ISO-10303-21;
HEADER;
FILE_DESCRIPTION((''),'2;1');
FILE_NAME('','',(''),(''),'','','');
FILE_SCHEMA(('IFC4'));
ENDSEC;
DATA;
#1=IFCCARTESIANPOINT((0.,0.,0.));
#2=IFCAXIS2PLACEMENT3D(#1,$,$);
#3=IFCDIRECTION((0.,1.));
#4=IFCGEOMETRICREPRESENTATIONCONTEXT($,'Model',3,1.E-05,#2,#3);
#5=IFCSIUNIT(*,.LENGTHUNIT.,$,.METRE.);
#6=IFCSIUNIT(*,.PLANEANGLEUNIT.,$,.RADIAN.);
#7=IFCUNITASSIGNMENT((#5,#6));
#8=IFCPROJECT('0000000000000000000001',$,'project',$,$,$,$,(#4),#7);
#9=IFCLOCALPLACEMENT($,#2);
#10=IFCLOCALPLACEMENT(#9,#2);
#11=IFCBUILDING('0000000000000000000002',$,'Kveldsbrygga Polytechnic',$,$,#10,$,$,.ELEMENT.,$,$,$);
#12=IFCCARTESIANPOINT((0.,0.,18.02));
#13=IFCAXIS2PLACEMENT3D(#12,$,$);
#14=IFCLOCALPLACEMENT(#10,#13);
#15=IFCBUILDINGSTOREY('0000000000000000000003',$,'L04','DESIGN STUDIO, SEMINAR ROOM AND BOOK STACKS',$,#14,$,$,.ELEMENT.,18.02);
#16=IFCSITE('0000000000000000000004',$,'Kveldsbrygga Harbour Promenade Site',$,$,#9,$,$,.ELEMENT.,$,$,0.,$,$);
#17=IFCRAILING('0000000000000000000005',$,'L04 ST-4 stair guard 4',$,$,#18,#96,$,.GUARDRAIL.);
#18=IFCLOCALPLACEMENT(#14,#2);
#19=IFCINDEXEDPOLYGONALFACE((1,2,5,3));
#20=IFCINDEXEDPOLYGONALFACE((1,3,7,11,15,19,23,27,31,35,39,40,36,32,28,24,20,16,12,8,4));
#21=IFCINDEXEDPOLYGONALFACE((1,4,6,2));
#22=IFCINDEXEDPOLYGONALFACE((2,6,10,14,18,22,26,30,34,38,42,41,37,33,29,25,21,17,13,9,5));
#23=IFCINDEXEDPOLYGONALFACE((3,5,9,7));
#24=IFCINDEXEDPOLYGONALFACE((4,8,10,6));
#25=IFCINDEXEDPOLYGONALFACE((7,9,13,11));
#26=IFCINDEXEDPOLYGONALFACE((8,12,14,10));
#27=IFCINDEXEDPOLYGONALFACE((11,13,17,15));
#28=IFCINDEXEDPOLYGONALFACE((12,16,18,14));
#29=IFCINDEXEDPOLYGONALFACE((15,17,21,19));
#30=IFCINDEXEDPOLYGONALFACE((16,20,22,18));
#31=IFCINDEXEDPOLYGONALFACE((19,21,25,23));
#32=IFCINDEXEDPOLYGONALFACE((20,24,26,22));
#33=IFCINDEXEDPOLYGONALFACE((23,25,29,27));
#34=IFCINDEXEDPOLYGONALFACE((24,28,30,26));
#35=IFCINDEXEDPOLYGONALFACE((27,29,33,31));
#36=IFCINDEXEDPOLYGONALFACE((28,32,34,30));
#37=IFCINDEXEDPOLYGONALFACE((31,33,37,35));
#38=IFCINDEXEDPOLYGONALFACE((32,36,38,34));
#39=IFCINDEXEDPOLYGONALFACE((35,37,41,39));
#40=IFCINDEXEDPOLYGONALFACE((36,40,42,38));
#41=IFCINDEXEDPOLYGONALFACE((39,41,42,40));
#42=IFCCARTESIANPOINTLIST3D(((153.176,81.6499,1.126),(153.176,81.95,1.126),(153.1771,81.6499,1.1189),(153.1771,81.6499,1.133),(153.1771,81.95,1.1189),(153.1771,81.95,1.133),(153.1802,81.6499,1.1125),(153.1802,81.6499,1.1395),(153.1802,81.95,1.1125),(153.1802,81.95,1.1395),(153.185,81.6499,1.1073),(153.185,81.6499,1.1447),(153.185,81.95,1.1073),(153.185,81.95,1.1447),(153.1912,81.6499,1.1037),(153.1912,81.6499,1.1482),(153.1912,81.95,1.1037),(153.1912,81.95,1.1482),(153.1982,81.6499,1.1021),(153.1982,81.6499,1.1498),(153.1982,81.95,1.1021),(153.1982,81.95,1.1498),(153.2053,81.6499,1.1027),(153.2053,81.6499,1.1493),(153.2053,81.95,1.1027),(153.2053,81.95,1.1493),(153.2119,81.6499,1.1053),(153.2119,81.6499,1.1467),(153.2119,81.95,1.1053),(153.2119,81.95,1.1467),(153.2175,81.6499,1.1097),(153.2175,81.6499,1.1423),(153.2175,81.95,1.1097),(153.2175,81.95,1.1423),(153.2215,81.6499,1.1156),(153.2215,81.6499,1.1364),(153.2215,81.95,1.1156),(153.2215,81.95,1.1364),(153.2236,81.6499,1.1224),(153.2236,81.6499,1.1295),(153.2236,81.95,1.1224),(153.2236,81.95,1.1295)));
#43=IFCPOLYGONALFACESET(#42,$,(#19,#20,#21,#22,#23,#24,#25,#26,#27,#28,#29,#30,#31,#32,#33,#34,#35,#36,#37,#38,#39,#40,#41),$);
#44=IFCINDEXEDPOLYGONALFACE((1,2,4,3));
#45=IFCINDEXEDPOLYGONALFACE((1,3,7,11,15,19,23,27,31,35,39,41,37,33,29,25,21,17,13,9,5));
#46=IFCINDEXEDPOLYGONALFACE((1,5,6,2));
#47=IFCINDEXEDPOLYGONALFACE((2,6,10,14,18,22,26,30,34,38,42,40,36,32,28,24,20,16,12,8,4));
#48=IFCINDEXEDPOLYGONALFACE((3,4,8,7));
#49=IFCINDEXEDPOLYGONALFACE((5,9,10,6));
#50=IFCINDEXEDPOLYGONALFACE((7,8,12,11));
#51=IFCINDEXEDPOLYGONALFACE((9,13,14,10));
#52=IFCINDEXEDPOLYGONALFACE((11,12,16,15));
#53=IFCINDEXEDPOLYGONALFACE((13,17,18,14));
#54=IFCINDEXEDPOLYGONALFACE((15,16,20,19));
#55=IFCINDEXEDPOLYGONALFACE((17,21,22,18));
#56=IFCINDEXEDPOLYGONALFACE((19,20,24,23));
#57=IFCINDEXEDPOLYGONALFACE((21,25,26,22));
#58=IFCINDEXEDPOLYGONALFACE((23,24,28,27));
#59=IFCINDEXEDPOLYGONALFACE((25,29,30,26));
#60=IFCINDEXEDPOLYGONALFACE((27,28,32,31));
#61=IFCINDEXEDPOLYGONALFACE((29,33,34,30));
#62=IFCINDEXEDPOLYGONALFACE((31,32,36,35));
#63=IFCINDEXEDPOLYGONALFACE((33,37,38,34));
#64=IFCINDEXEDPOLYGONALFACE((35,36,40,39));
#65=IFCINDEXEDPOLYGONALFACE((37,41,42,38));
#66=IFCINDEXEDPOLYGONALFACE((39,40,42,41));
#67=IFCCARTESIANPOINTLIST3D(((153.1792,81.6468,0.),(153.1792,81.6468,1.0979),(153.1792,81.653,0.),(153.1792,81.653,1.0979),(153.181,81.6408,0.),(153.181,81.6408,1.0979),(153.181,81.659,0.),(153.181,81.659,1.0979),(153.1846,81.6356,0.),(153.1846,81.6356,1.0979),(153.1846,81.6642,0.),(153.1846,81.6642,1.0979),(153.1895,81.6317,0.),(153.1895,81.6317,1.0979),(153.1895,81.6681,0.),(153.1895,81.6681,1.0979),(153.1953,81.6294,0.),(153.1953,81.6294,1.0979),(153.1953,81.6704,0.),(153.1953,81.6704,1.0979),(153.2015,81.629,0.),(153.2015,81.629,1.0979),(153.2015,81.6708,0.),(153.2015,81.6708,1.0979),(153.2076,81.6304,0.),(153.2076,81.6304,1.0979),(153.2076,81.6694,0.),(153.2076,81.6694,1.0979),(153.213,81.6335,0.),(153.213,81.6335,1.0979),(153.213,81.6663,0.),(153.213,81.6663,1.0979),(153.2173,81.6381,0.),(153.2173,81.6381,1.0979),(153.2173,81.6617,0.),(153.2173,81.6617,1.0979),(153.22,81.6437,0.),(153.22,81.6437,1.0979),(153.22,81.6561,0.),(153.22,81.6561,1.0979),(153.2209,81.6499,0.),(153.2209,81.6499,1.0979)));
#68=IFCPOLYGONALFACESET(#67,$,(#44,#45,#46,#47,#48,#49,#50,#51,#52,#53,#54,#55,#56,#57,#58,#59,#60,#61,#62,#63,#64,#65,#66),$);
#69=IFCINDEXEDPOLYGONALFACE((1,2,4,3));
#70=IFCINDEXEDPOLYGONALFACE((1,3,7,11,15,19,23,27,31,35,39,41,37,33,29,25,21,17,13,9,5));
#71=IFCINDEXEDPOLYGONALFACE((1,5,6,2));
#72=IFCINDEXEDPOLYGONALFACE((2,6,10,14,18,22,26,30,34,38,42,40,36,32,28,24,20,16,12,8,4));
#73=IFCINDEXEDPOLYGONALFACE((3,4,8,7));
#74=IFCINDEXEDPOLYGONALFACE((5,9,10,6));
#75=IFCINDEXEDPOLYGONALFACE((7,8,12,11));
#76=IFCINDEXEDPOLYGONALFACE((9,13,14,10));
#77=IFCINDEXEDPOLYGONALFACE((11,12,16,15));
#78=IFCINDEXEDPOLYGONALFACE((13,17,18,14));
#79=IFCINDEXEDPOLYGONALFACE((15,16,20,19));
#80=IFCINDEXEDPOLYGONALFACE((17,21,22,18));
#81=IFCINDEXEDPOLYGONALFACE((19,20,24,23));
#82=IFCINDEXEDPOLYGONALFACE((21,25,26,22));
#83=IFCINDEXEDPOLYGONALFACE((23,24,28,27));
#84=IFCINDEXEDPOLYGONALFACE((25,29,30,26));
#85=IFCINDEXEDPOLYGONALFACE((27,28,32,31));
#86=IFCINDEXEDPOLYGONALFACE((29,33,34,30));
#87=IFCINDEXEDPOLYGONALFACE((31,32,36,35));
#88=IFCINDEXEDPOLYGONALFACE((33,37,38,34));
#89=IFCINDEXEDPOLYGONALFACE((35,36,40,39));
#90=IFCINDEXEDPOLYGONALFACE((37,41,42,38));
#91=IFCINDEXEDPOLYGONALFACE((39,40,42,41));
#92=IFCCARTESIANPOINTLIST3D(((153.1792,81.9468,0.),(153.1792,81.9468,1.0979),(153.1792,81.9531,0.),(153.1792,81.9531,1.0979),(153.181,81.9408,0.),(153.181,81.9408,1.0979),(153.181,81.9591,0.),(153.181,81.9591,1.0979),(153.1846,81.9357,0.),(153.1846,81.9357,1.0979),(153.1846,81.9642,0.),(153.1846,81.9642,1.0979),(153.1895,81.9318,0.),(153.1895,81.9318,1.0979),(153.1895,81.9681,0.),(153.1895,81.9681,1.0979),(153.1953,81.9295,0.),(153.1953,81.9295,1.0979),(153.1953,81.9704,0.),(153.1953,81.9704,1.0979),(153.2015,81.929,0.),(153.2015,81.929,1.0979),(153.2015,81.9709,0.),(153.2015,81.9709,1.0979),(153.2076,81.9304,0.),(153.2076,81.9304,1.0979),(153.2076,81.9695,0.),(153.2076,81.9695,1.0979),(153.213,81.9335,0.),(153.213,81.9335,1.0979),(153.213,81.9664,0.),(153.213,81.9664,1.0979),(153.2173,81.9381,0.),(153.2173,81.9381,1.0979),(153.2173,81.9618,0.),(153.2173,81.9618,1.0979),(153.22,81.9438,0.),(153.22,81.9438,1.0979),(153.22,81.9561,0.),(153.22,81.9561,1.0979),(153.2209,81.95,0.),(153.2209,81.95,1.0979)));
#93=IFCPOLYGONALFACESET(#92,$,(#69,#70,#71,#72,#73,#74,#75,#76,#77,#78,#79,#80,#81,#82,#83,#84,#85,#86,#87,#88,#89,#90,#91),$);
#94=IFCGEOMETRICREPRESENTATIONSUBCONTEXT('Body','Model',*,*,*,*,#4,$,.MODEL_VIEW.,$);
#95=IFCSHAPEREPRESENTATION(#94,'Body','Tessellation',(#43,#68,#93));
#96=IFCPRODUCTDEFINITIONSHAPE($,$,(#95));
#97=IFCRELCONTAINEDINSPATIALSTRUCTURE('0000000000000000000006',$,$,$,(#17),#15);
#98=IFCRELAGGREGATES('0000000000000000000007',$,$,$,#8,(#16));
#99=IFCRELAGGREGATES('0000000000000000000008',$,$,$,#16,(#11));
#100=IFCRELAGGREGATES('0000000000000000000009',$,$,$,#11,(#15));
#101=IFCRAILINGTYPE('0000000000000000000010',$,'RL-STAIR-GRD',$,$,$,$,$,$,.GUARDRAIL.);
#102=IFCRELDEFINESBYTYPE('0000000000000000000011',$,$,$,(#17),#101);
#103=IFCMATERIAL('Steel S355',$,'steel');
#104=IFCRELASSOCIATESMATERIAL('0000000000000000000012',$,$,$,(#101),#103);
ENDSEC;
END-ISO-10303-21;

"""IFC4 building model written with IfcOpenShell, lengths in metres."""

from ifc_helpers import new_model, si_unit, direction, frame, origin, origin_2d, place, context, subcontext, project, spatial, circle, extrude, material, type_object, element, save


model = new_model("IFC4")

# Units and contexts
model_context = context("Model", 3, precision=1e-05, world=origin(), true_north=direction((0.0, 1.0)))
body_context = subcontext(model_context, "Body", "Model", "MODEL_VIEW")
ifc_project = project(units=[si_unit("LENGTHUNIT", "METRE"), si_unit("PLANEANGLEUNIT", "RADIAN")], contexts=[model_context])

# Site, building, storey
site_placement = place(None, origin())
site = spatial("IfcSite", under=ifc_project, at=site_placement, Name="Kveldsbrygga Harbour Promenade Site", CompositionType="ELEMENT", RefElevation=0.0)
building_placement = place(site_placement, origin())
building = spatial("IfcBuilding", under=site, at=building_placement, Name="Kveldsbrygga Polytechnic", CompositionType="ELEMENT")
storey_placement = place(building_placement, frame((0.0, 0.0, 18.02)))
storey = spatial("IfcBuildingStorey", under=building, at=storey_placement, Name="L04", Description="DESIGN STUDIO, SEMINAR ROOM AND BOOK STACKS", CompositionType="ELEMENT", Elevation=18.02)

# Railing
ifc_material_1 = material(Name="Steel S355", Category="steel")
railing_type_1 = type_object("IfcRailingType", Name="RL-STAIR-GRD", PredefinedType="GUARDRAIL", material=ifc_material_1)
railing_1_placement = place(storey_placement, frame((153.2, 81.6499, 0.0)))
element("IfcRailing", 1, at=railing_1_placement, inside=storey, type_object=railing_type_1, Name="L04 ST-4 stair guard 4", PredefinedType="GUARDRAIL", context=body_context, shape_type="SweptSolid", body=[
    extrude(circle(Radius=0.0239, at=origin_2d()), frame((0.0, 0.0, 1.126), z_axis=(0.0, 1.0, 0.0), x_axis=(-1.0, 0.0, 0.0)), (0.0, 0.0, 1.0), 0.3),
    extrude(circle(Radius=0.021, at=origin_2d()), origin(), (0.0, 0.0, 1.0), 1.0979),
    extrude(circle(Radius=0.021, at=origin_2d()), frame((0.0, 0.3, 0.0)), (0.0, 0.0, 1.0), 1.0979),
])

save(model, "model.ifc")
